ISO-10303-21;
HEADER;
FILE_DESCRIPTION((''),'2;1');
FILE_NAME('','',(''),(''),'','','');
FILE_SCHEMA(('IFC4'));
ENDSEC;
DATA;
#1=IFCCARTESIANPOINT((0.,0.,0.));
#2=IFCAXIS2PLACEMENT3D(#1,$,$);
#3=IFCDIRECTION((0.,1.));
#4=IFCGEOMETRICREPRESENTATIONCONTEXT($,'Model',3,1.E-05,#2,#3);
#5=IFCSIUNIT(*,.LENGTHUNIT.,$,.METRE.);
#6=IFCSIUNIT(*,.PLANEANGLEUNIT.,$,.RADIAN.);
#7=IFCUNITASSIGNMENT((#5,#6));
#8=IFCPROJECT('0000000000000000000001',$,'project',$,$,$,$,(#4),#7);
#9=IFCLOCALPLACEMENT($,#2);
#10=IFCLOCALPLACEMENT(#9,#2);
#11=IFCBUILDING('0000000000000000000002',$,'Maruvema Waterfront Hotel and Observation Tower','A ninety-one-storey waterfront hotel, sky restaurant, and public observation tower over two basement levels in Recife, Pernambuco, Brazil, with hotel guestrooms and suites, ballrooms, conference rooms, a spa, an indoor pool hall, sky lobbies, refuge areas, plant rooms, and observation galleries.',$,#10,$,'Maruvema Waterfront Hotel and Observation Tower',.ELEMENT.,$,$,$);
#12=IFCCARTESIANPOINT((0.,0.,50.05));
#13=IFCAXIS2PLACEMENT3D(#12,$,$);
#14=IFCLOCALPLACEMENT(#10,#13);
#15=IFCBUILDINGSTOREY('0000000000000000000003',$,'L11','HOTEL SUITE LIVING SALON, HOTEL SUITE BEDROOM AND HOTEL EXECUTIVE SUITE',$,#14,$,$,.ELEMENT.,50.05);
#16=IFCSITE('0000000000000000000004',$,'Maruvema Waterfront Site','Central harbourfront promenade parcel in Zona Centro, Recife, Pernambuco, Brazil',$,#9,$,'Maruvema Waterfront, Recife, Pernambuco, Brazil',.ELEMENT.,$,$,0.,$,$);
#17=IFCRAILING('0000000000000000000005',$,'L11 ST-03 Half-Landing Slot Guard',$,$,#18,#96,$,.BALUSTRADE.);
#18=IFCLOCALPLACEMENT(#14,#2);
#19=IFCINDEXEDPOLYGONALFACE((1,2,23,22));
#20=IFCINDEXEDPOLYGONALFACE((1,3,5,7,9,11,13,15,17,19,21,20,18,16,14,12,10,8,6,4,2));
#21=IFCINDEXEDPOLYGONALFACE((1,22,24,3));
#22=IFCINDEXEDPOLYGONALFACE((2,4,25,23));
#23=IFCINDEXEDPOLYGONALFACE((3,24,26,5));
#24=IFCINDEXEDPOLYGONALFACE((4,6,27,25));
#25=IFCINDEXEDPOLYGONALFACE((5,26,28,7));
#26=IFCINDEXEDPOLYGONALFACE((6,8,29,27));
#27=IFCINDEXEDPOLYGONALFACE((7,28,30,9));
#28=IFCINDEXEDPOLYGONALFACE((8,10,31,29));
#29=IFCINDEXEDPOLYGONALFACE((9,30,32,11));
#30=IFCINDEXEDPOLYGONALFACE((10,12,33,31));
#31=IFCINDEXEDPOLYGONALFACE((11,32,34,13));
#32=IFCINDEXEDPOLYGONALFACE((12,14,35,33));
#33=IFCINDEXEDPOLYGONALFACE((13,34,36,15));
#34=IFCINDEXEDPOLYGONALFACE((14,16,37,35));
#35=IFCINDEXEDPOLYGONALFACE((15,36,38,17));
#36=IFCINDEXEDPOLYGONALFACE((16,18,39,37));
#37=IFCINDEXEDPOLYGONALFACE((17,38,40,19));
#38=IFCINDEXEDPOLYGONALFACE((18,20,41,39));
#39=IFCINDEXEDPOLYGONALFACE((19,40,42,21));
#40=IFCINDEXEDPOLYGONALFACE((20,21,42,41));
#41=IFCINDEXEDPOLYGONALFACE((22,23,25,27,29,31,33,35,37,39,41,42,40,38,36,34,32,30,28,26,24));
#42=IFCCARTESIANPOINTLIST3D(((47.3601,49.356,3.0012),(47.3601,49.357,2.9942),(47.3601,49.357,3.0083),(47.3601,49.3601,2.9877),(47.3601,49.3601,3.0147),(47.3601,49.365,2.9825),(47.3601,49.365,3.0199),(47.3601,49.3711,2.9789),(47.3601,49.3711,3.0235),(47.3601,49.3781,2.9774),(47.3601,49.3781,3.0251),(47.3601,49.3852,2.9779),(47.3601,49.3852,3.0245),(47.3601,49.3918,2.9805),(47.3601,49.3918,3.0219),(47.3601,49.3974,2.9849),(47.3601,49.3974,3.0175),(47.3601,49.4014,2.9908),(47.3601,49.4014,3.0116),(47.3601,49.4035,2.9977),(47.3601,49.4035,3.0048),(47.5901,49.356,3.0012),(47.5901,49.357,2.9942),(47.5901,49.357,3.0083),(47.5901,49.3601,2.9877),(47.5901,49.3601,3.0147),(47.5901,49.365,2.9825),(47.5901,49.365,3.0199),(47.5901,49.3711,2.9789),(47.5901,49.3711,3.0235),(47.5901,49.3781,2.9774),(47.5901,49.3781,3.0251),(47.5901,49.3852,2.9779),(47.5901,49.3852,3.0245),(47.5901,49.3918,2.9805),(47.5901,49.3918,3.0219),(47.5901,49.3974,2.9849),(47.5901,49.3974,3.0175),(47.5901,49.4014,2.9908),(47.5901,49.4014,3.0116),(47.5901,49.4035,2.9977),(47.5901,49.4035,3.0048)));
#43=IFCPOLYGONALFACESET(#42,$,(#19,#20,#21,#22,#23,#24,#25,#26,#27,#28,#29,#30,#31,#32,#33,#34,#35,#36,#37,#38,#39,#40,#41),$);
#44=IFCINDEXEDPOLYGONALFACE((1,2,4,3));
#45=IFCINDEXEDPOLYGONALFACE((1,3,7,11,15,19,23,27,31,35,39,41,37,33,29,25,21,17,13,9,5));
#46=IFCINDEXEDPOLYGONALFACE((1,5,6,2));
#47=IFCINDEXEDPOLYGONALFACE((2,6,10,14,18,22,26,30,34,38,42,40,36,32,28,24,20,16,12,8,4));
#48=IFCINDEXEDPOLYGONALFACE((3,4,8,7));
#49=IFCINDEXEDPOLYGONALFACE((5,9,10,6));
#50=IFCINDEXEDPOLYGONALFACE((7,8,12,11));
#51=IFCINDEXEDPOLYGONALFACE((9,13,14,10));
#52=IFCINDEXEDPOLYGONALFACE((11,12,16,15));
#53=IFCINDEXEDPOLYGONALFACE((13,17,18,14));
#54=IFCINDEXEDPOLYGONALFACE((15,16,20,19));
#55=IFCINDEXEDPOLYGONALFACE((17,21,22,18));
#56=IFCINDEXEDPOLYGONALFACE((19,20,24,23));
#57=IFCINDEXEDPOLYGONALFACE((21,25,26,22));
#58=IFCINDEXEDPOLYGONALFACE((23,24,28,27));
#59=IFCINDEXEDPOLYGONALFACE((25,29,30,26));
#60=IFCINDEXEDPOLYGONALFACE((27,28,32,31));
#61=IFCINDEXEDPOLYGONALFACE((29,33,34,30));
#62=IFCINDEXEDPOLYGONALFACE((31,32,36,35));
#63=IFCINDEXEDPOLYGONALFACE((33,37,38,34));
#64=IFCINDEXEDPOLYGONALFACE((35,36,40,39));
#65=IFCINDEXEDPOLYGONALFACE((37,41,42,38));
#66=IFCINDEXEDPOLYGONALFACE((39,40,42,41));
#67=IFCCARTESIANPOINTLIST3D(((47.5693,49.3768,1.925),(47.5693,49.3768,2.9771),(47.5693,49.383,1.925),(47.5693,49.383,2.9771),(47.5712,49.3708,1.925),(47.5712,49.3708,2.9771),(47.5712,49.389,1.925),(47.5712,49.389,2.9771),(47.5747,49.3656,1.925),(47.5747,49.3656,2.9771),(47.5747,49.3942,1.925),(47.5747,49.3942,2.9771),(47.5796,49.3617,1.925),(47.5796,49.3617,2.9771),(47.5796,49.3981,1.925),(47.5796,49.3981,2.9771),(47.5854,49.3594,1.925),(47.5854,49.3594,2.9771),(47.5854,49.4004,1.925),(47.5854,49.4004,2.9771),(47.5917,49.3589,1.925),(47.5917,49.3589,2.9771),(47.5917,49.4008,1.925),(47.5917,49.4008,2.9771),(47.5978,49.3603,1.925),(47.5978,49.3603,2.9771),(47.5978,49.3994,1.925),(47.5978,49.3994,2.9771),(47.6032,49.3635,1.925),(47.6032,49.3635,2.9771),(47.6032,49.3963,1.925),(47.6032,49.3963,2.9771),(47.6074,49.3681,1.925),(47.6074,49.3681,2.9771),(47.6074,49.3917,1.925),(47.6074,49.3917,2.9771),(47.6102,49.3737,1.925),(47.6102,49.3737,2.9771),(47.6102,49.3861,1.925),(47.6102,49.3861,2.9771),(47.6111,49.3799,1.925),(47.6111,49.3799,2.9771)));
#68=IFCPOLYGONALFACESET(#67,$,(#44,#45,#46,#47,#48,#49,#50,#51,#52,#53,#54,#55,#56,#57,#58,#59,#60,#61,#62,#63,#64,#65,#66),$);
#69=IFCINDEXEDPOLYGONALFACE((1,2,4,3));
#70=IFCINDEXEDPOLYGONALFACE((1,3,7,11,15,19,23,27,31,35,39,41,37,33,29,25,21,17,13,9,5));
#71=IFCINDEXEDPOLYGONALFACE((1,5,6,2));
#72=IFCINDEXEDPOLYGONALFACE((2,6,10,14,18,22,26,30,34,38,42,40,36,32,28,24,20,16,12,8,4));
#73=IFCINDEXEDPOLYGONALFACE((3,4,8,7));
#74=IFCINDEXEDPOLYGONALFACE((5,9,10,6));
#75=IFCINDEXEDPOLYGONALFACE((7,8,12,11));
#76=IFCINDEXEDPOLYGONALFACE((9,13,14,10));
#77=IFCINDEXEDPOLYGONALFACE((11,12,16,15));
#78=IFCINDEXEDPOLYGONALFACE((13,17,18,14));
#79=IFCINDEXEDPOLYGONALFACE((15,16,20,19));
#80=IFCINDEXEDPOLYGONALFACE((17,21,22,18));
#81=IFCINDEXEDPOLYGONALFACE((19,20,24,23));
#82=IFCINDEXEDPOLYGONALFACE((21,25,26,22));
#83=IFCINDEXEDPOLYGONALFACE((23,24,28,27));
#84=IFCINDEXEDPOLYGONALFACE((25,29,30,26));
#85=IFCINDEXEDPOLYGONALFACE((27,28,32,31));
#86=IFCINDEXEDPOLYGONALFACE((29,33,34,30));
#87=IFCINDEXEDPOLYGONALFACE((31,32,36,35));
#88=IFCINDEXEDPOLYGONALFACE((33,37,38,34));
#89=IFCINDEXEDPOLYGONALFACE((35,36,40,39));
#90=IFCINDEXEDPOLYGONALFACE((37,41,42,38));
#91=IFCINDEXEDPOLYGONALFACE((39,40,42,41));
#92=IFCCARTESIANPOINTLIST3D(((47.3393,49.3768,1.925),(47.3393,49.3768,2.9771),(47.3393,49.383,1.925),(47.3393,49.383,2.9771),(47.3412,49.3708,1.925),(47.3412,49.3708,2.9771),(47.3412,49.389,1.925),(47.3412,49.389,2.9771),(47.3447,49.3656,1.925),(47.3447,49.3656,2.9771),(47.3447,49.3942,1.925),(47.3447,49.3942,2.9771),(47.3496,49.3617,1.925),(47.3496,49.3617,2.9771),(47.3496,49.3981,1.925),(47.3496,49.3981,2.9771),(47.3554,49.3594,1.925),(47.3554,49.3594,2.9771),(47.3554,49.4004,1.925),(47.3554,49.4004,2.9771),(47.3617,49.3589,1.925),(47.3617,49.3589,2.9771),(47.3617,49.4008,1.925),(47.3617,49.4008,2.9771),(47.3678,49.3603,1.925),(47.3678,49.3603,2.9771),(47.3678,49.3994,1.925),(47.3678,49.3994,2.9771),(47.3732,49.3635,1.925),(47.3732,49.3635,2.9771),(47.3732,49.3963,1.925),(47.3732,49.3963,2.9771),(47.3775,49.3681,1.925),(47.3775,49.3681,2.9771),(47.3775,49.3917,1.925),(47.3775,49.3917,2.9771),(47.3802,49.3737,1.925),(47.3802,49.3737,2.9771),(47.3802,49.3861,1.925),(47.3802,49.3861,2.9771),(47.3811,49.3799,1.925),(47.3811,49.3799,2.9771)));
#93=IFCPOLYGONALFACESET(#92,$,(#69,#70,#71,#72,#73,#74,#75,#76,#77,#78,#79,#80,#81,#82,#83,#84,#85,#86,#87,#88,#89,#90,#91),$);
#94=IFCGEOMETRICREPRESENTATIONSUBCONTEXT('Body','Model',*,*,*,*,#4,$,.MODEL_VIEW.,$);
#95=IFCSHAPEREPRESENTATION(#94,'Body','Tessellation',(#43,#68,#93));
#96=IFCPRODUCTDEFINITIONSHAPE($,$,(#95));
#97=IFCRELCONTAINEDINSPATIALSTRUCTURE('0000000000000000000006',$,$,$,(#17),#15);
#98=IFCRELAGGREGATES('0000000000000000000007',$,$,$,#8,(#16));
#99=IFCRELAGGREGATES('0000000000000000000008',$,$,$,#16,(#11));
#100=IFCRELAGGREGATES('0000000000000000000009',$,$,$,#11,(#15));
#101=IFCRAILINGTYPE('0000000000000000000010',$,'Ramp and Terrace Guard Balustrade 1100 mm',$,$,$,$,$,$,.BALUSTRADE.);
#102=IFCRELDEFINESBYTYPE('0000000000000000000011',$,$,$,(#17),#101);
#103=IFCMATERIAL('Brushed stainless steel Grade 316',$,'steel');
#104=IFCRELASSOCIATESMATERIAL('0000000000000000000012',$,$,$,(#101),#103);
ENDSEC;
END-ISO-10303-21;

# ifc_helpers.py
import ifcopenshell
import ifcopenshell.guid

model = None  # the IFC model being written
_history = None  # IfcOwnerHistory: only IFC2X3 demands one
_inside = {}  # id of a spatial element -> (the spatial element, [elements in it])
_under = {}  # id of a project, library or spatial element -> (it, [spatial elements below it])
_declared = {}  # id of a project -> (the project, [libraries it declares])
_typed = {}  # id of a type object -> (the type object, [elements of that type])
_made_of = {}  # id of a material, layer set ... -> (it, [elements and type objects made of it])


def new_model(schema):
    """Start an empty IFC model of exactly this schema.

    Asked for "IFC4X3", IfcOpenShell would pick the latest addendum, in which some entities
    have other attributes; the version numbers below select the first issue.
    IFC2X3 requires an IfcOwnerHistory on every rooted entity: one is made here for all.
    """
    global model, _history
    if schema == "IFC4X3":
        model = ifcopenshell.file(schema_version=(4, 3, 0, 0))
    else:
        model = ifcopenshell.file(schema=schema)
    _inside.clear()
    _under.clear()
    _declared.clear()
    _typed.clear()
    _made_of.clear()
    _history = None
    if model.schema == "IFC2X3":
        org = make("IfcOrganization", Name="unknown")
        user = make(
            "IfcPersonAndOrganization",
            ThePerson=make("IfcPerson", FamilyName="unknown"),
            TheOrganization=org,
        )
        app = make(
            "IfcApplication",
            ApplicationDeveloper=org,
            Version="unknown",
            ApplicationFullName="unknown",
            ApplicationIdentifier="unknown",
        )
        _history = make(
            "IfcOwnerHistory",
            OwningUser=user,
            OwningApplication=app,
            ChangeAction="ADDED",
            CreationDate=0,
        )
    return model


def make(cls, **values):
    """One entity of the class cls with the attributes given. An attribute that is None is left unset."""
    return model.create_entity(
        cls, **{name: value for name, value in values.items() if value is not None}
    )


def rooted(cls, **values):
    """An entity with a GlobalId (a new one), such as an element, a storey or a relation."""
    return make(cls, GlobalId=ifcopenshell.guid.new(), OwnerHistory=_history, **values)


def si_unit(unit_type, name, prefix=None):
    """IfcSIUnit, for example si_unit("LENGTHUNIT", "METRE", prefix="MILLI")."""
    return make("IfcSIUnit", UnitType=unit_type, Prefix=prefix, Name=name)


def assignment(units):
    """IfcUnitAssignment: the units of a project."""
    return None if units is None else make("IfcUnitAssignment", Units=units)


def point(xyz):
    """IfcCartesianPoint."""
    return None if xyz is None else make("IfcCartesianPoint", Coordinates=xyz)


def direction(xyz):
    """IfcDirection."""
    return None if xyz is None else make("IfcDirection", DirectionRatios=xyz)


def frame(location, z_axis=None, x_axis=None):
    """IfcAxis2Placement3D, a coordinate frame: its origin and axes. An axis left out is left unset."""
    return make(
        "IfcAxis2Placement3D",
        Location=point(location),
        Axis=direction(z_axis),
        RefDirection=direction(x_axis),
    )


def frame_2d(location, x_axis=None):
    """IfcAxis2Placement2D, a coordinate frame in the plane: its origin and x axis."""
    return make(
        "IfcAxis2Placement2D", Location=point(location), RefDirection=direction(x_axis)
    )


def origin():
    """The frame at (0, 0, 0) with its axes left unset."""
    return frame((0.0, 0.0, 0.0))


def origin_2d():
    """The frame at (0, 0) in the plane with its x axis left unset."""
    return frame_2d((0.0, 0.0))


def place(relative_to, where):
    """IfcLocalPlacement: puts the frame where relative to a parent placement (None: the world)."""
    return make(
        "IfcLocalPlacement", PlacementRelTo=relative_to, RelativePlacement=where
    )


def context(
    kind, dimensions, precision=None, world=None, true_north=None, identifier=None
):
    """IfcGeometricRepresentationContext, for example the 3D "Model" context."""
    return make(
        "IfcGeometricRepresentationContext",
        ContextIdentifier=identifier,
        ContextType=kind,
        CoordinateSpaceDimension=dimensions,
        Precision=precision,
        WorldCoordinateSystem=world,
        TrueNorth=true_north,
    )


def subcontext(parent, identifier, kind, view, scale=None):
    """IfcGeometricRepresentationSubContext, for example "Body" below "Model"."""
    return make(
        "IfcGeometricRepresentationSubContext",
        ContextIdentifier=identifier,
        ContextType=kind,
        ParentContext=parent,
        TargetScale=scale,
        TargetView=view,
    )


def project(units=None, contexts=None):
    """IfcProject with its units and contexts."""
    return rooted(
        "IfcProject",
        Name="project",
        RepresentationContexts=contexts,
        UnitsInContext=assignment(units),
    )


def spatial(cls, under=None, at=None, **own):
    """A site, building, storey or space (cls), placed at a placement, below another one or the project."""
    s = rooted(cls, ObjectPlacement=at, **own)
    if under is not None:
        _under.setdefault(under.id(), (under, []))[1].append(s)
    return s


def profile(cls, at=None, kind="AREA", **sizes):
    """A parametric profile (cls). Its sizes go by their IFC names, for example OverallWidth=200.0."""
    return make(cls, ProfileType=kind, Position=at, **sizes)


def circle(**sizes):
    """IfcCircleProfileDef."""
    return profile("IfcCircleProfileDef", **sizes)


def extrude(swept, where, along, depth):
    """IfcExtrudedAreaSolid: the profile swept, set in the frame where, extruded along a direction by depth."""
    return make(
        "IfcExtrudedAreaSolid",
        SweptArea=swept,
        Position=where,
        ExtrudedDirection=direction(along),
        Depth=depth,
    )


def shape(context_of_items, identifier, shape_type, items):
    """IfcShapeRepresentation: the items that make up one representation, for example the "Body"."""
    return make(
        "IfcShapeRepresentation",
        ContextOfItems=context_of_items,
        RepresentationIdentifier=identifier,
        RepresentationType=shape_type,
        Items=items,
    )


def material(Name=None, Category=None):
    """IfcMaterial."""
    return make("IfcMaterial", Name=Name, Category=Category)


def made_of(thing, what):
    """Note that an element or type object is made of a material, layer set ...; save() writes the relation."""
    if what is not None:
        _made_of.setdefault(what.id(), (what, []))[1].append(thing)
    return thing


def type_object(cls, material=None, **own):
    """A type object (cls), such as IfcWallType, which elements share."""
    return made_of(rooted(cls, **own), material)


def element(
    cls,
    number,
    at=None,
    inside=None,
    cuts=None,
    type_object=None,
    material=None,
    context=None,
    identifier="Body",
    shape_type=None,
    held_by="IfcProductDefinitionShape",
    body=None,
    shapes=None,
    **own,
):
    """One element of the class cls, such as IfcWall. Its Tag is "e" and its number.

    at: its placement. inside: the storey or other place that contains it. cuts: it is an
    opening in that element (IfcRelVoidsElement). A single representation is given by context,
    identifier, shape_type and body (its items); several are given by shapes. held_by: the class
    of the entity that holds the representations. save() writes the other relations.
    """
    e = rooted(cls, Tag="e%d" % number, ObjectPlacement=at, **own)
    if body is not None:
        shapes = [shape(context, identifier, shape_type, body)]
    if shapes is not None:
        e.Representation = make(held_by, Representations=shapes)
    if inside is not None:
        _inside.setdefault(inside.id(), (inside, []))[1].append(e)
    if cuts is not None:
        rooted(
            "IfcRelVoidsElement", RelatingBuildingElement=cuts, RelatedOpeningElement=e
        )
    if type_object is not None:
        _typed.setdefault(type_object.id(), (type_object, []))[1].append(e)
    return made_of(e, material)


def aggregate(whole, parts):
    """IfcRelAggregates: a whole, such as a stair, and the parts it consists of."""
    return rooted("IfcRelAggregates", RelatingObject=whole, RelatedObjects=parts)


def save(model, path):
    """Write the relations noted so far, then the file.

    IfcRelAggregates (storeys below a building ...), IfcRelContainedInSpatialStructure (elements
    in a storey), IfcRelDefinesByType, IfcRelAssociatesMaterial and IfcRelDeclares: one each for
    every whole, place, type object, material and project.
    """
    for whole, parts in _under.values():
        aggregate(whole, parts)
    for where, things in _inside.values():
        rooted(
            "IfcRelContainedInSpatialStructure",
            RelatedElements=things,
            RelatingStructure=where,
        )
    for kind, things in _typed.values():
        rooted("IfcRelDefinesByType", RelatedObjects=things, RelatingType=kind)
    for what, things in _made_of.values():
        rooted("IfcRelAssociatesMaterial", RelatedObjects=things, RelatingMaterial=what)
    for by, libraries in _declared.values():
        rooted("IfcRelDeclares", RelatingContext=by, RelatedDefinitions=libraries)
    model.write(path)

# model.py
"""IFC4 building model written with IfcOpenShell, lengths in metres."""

from ifc_helpers import new_model, si_unit, direction, frame, origin, origin_2d, place, context, subcontext, project, spatial, circle, extrude, material, type_object, element, save


model = new_model("IFC4")

# Units and contexts
model_context = context("Model", 3, precision=1e-05, world=origin(), true_north=direction((0.0, 1.0)))
body_context = subcontext(model_context, "Body", "Model", "MODEL_VIEW")
ifc_project = project(units=[si_unit("LENGTHUNIT", "METRE"), si_unit("PLANEANGLEUNIT", "RADIAN")], contexts=[model_context])

# Site, building, storey
site_placement = place(None, origin())
site = spatial("IfcSite", under=ifc_project, at=site_placement, Name="Maruvema Waterfront Site", Description="Central harbourfront promenade parcel in Zona Centro, Recife, Pernambuco, Brazil", LongName="Maruvema Waterfront, Recife, Pernambuco, Brazil", CompositionType="ELEMENT", RefElevation=0.0)
building_placement = place(site_placement, origin())
building = spatial("IfcBuilding", under=site, at=building_placement, Name="Maruvema Waterfront Hotel and Observation Tower", Description="A ninety-one-storey waterfront hotel, sky restaurant, and public observation tower over two basement levels in Recife, Pernambuco, Brazil, with hotel guestrooms and suites, ballrooms, conference rooms, a spa, an indoor pool hall, sky lobbies, refuge areas, plant rooms, and observation galleries.", LongName="Maruvema Waterfront Hotel and Observation Tower", CompositionType="ELEMENT")
storey_placement = place(building_placement, frame((0.0, 0.0, 50.05)))
storey = spatial("IfcBuildingStorey", under=building, at=storey_placement, Name="L11", Description="HOTEL SUITE LIVING SALON, HOTEL SUITE BEDROOM AND HOTEL EXECUTIVE SUITE", CompositionType="ELEMENT", Elevation=50.05)

# Railing
ifc_material_1 = material(Name="Brushed stainless steel Grade 316", Category="steel")
railing_type_1 = type_object("IfcRailingType", Name="Ramp and Terrace Guard Balustrade 1100 mm", PredefinedType="BALUSTRADE", material=ifc_material_1)
railing_1_placement = place(storey_placement, frame((47.5901, 49.3799, 1.925)))
element("IfcRailing", 1, at=railing_1_placement, inside=storey, type_object=railing_type_1, Name="L11 ST-03 Half-Landing Slot Guard", PredefinedType="BALUSTRADE", context=body_context, shape_type="SweptSolid", body=[
    extrude(circle(Radius=0.0239, at=origin_2d()), frame((0.0, 0.0, 1.0762), z_axis=(-1.0, 0.0, 0.0), x_axis=(0.0, -1.0, 0.0)), (0.0, 0.0, 1.0), 0.23),
    extrude(circle(Radius=0.021, at=origin_2d()), origin(), (0.0, 0.0, 1.0), 1.052),
    extrude(circle(Radius=0.021, at=origin_2d()), frame((-0.23, 0.0, 0.0)), (0.0, 0.0, 1.0), 1.052),
])

save(model, "model.ifc")
